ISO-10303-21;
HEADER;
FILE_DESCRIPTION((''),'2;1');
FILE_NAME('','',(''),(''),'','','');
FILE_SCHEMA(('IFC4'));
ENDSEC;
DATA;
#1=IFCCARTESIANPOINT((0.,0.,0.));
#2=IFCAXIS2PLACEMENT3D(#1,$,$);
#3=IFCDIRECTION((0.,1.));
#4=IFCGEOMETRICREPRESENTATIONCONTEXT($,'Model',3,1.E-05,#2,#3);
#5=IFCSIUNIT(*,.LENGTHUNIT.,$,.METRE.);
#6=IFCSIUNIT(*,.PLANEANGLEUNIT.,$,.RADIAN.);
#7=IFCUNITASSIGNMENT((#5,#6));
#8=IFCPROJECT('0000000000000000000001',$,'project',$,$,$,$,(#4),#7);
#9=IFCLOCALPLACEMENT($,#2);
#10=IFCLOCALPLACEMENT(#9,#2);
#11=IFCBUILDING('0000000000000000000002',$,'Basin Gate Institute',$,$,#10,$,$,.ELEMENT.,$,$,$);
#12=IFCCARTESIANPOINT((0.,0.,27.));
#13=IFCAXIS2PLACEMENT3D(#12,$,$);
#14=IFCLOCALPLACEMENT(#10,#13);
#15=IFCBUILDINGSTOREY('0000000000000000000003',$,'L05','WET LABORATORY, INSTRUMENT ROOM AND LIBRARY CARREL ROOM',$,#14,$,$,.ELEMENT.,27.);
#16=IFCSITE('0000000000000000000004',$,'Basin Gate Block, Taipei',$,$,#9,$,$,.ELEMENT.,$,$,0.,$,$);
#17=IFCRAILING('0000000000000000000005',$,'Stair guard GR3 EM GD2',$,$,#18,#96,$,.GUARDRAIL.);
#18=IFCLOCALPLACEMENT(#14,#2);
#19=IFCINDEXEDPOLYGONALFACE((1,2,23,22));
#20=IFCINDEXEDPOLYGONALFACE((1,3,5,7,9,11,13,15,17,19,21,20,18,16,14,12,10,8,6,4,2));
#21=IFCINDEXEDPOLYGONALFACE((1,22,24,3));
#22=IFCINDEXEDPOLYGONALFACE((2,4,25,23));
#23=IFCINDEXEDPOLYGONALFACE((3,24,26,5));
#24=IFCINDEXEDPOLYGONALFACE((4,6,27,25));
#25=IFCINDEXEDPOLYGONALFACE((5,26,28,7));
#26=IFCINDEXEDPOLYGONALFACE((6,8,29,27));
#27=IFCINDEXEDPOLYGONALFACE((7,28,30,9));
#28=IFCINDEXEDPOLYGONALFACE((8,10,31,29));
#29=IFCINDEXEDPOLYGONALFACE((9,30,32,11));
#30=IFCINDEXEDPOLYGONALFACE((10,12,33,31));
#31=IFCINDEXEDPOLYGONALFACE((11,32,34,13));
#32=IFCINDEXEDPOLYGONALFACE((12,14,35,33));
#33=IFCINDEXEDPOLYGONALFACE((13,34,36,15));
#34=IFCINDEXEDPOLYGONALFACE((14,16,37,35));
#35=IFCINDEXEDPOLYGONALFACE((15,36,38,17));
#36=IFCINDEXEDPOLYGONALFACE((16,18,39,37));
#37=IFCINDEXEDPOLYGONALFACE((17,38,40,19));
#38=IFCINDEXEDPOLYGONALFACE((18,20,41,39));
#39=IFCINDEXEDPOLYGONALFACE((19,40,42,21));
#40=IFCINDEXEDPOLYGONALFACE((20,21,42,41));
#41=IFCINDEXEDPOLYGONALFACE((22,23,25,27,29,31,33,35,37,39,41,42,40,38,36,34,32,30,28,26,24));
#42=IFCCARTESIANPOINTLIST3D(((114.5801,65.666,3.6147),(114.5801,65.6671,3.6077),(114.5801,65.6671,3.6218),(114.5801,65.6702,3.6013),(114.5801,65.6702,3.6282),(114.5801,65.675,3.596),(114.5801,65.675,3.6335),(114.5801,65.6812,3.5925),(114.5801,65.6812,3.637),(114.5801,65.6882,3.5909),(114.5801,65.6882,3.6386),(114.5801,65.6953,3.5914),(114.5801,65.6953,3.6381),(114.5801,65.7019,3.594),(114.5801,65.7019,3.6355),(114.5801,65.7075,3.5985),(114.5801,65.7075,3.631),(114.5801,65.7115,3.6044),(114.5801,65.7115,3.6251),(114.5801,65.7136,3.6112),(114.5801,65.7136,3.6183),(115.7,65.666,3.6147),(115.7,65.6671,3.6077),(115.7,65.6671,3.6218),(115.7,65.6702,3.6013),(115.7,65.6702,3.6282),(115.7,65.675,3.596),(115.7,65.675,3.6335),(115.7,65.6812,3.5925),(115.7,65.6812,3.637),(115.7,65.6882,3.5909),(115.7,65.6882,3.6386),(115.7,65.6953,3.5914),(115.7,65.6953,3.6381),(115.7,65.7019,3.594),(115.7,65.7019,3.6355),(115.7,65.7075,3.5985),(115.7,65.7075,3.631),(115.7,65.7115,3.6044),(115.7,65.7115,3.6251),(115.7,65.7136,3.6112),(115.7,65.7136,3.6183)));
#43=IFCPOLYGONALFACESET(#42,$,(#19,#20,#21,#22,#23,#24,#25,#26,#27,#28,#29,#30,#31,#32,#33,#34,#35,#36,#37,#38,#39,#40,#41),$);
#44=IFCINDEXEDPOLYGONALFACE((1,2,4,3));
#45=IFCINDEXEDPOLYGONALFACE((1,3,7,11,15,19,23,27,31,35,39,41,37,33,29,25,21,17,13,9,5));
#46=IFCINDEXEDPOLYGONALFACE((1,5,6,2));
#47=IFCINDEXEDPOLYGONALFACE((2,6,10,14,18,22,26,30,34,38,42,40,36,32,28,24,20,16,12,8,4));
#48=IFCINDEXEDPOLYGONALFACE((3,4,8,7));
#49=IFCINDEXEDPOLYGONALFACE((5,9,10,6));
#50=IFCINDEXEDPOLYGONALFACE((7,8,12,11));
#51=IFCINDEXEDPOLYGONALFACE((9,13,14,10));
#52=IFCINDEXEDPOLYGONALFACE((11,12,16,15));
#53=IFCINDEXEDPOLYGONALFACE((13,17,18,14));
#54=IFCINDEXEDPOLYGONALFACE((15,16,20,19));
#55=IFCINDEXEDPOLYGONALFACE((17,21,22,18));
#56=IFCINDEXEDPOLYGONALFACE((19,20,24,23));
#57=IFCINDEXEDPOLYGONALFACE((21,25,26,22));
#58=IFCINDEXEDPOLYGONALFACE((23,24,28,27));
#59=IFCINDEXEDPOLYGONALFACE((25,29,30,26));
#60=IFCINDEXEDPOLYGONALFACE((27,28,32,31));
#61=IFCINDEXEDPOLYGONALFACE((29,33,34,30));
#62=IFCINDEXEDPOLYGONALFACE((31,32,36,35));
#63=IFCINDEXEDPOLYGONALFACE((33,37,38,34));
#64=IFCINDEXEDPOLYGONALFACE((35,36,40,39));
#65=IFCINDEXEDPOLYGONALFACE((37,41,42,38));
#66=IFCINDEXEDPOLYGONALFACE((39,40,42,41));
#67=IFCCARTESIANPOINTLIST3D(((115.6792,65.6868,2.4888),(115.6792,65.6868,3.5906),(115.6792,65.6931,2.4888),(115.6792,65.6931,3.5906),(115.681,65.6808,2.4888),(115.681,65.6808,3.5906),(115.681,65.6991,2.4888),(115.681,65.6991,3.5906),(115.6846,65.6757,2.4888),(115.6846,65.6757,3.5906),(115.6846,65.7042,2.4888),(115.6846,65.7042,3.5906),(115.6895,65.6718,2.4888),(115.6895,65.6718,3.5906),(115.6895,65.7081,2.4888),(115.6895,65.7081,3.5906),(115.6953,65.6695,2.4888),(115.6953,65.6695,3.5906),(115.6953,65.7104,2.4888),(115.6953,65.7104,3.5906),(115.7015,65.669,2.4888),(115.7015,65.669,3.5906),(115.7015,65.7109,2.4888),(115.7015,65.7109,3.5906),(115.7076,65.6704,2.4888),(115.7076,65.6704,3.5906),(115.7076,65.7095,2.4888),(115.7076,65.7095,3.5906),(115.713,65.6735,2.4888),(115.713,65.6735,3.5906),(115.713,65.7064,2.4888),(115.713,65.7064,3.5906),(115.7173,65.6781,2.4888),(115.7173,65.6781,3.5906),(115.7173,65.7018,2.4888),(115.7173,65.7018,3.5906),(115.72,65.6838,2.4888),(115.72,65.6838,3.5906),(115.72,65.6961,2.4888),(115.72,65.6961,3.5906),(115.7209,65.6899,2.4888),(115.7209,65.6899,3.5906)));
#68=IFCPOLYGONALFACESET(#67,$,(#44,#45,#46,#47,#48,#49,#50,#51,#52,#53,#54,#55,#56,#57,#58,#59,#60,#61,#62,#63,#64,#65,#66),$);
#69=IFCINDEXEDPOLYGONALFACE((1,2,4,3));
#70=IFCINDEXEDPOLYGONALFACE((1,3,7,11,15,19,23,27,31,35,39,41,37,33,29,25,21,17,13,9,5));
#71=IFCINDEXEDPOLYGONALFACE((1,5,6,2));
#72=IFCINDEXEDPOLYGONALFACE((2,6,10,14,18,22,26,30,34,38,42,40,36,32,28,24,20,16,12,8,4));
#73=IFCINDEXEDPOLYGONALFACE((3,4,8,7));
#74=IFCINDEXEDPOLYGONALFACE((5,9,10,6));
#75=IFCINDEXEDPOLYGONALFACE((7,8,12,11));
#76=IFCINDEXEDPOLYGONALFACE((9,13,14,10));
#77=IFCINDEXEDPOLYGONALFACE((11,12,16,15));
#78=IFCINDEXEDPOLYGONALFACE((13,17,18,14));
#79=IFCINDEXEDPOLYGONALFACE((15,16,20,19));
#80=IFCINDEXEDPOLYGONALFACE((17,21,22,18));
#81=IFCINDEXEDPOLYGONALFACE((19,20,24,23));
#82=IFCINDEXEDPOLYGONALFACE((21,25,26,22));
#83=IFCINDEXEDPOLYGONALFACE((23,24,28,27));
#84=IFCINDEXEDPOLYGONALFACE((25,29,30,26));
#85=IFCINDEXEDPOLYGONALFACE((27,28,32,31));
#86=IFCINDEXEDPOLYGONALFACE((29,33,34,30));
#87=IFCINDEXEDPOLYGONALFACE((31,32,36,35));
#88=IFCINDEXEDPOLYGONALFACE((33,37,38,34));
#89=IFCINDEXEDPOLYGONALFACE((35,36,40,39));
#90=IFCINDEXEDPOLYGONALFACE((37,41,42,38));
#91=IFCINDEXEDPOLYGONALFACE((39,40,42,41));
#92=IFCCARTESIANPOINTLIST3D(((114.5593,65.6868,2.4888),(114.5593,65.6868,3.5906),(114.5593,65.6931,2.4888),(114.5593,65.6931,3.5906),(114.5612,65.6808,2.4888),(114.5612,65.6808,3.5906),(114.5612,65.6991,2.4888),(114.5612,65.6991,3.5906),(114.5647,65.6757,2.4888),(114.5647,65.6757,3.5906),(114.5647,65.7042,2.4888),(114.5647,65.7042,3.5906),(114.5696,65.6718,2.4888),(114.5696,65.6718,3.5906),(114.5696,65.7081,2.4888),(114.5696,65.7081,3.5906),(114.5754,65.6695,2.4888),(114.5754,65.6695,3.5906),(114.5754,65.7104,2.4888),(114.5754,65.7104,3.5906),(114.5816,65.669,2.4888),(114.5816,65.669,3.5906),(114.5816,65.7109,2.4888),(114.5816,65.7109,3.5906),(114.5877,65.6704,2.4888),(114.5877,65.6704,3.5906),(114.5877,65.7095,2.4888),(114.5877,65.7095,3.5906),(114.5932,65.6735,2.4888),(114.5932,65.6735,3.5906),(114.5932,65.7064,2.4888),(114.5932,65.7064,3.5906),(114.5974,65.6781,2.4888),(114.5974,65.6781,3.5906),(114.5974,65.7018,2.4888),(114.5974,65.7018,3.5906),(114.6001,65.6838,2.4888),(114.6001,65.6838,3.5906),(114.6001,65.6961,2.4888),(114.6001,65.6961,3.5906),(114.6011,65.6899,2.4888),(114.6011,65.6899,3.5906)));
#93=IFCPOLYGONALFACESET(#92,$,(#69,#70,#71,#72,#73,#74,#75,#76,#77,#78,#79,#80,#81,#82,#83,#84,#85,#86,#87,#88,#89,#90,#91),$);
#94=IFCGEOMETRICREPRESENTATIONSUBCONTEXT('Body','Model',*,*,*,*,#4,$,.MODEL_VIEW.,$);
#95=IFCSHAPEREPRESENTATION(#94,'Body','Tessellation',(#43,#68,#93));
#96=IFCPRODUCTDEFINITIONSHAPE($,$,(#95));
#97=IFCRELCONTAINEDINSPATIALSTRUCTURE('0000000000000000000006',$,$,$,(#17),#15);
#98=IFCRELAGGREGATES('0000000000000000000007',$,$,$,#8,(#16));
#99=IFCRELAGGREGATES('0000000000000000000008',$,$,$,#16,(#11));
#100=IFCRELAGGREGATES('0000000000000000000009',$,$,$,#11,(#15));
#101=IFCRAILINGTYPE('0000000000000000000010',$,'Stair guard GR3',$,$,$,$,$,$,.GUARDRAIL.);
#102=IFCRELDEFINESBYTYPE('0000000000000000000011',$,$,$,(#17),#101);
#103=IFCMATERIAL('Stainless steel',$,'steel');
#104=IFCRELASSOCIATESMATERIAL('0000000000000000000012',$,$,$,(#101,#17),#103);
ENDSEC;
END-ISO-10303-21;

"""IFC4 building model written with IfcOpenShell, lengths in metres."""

from ifc_helpers import new_model, si_unit, direction, frame, origin, origin_2d, place, context, subcontext, project, spatial, circle, extrude, material, type_object, element, save


model = new_model("IFC4")

# Units and contexts
model_context = context("Model", 3, precision=1e-05, world=origin(), true_north=direction((0.0, 1.0)))
body_context = subcontext(model_context, "Body", "Model", "MODEL_VIEW")
ifc_project = project(units=[si_unit("LENGTHUNIT", "METRE"), si_unit("PLANEANGLEUNIT", "RADIAN")], contexts=[model_context])

# Site, building, storey
site_placement = place(None, origin())
site = spatial("IfcSite", under=ifc_project, at=site_placement, Name="Basin Gate Block, Taipei", CompositionType="ELEMENT", RefElevation=0.0)
building_placement = place(site_placement, origin())
building = spatial("IfcBuilding", under=site, at=building_placement, Name="Basin Gate Institute", CompositionType="ELEMENT")
storey_placement = place(building_placement, frame((0.0, 0.0, 27.0)))
storey = spatial("IfcBuildingStorey", under=building, at=storey_placement, Name="L05", Description="WET LABORATORY, INSTRUMENT ROOM AND LIBRARY CARREL ROOM", CompositionType="ELEMENT", Elevation=27.0)

# Railing
ifc_material_1 = material(Name="Stainless steel", Category="steel")
railing_type_1 = type_object("IfcRailingType", Name="Stair guard GR3", PredefinedType="GUARDRAIL", material=ifc_material_1)
railing_1_placement = place(storey_placement, frame((115.7, 65.6899, 2.4888)))
element("IfcRailing", 1, at=railing_1_placement, inside=storey, type_object=railing_type_1, material=ifc_material_1, Name="Stair guard GR3 EM GD2", PredefinedType="GUARDRAIL", context=body_context, shape_type="SweptSolid", body=[
    extrude(circle(Radius=0.0239, at=origin_2d()), frame((0.0, 0.0, 1.126), z_axis=(-1.0, 0.0, 0.0), x_axis=(0.0, -1.0, 0.0)), (0.0, 0.0, 1.0), 1.1199),
    extrude(circle(Radius=0.021, at=origin_2d()), origin(), (0.0, 0.0, 1.0), 1.1018),
    extrude(circle(Radius=0.021, at=origin_2d()), frame((-1.1199, 0.0, 0.0)), (0.0, 0.0, 1.0), 1.1018),
])

save(model, "model.ifc")
